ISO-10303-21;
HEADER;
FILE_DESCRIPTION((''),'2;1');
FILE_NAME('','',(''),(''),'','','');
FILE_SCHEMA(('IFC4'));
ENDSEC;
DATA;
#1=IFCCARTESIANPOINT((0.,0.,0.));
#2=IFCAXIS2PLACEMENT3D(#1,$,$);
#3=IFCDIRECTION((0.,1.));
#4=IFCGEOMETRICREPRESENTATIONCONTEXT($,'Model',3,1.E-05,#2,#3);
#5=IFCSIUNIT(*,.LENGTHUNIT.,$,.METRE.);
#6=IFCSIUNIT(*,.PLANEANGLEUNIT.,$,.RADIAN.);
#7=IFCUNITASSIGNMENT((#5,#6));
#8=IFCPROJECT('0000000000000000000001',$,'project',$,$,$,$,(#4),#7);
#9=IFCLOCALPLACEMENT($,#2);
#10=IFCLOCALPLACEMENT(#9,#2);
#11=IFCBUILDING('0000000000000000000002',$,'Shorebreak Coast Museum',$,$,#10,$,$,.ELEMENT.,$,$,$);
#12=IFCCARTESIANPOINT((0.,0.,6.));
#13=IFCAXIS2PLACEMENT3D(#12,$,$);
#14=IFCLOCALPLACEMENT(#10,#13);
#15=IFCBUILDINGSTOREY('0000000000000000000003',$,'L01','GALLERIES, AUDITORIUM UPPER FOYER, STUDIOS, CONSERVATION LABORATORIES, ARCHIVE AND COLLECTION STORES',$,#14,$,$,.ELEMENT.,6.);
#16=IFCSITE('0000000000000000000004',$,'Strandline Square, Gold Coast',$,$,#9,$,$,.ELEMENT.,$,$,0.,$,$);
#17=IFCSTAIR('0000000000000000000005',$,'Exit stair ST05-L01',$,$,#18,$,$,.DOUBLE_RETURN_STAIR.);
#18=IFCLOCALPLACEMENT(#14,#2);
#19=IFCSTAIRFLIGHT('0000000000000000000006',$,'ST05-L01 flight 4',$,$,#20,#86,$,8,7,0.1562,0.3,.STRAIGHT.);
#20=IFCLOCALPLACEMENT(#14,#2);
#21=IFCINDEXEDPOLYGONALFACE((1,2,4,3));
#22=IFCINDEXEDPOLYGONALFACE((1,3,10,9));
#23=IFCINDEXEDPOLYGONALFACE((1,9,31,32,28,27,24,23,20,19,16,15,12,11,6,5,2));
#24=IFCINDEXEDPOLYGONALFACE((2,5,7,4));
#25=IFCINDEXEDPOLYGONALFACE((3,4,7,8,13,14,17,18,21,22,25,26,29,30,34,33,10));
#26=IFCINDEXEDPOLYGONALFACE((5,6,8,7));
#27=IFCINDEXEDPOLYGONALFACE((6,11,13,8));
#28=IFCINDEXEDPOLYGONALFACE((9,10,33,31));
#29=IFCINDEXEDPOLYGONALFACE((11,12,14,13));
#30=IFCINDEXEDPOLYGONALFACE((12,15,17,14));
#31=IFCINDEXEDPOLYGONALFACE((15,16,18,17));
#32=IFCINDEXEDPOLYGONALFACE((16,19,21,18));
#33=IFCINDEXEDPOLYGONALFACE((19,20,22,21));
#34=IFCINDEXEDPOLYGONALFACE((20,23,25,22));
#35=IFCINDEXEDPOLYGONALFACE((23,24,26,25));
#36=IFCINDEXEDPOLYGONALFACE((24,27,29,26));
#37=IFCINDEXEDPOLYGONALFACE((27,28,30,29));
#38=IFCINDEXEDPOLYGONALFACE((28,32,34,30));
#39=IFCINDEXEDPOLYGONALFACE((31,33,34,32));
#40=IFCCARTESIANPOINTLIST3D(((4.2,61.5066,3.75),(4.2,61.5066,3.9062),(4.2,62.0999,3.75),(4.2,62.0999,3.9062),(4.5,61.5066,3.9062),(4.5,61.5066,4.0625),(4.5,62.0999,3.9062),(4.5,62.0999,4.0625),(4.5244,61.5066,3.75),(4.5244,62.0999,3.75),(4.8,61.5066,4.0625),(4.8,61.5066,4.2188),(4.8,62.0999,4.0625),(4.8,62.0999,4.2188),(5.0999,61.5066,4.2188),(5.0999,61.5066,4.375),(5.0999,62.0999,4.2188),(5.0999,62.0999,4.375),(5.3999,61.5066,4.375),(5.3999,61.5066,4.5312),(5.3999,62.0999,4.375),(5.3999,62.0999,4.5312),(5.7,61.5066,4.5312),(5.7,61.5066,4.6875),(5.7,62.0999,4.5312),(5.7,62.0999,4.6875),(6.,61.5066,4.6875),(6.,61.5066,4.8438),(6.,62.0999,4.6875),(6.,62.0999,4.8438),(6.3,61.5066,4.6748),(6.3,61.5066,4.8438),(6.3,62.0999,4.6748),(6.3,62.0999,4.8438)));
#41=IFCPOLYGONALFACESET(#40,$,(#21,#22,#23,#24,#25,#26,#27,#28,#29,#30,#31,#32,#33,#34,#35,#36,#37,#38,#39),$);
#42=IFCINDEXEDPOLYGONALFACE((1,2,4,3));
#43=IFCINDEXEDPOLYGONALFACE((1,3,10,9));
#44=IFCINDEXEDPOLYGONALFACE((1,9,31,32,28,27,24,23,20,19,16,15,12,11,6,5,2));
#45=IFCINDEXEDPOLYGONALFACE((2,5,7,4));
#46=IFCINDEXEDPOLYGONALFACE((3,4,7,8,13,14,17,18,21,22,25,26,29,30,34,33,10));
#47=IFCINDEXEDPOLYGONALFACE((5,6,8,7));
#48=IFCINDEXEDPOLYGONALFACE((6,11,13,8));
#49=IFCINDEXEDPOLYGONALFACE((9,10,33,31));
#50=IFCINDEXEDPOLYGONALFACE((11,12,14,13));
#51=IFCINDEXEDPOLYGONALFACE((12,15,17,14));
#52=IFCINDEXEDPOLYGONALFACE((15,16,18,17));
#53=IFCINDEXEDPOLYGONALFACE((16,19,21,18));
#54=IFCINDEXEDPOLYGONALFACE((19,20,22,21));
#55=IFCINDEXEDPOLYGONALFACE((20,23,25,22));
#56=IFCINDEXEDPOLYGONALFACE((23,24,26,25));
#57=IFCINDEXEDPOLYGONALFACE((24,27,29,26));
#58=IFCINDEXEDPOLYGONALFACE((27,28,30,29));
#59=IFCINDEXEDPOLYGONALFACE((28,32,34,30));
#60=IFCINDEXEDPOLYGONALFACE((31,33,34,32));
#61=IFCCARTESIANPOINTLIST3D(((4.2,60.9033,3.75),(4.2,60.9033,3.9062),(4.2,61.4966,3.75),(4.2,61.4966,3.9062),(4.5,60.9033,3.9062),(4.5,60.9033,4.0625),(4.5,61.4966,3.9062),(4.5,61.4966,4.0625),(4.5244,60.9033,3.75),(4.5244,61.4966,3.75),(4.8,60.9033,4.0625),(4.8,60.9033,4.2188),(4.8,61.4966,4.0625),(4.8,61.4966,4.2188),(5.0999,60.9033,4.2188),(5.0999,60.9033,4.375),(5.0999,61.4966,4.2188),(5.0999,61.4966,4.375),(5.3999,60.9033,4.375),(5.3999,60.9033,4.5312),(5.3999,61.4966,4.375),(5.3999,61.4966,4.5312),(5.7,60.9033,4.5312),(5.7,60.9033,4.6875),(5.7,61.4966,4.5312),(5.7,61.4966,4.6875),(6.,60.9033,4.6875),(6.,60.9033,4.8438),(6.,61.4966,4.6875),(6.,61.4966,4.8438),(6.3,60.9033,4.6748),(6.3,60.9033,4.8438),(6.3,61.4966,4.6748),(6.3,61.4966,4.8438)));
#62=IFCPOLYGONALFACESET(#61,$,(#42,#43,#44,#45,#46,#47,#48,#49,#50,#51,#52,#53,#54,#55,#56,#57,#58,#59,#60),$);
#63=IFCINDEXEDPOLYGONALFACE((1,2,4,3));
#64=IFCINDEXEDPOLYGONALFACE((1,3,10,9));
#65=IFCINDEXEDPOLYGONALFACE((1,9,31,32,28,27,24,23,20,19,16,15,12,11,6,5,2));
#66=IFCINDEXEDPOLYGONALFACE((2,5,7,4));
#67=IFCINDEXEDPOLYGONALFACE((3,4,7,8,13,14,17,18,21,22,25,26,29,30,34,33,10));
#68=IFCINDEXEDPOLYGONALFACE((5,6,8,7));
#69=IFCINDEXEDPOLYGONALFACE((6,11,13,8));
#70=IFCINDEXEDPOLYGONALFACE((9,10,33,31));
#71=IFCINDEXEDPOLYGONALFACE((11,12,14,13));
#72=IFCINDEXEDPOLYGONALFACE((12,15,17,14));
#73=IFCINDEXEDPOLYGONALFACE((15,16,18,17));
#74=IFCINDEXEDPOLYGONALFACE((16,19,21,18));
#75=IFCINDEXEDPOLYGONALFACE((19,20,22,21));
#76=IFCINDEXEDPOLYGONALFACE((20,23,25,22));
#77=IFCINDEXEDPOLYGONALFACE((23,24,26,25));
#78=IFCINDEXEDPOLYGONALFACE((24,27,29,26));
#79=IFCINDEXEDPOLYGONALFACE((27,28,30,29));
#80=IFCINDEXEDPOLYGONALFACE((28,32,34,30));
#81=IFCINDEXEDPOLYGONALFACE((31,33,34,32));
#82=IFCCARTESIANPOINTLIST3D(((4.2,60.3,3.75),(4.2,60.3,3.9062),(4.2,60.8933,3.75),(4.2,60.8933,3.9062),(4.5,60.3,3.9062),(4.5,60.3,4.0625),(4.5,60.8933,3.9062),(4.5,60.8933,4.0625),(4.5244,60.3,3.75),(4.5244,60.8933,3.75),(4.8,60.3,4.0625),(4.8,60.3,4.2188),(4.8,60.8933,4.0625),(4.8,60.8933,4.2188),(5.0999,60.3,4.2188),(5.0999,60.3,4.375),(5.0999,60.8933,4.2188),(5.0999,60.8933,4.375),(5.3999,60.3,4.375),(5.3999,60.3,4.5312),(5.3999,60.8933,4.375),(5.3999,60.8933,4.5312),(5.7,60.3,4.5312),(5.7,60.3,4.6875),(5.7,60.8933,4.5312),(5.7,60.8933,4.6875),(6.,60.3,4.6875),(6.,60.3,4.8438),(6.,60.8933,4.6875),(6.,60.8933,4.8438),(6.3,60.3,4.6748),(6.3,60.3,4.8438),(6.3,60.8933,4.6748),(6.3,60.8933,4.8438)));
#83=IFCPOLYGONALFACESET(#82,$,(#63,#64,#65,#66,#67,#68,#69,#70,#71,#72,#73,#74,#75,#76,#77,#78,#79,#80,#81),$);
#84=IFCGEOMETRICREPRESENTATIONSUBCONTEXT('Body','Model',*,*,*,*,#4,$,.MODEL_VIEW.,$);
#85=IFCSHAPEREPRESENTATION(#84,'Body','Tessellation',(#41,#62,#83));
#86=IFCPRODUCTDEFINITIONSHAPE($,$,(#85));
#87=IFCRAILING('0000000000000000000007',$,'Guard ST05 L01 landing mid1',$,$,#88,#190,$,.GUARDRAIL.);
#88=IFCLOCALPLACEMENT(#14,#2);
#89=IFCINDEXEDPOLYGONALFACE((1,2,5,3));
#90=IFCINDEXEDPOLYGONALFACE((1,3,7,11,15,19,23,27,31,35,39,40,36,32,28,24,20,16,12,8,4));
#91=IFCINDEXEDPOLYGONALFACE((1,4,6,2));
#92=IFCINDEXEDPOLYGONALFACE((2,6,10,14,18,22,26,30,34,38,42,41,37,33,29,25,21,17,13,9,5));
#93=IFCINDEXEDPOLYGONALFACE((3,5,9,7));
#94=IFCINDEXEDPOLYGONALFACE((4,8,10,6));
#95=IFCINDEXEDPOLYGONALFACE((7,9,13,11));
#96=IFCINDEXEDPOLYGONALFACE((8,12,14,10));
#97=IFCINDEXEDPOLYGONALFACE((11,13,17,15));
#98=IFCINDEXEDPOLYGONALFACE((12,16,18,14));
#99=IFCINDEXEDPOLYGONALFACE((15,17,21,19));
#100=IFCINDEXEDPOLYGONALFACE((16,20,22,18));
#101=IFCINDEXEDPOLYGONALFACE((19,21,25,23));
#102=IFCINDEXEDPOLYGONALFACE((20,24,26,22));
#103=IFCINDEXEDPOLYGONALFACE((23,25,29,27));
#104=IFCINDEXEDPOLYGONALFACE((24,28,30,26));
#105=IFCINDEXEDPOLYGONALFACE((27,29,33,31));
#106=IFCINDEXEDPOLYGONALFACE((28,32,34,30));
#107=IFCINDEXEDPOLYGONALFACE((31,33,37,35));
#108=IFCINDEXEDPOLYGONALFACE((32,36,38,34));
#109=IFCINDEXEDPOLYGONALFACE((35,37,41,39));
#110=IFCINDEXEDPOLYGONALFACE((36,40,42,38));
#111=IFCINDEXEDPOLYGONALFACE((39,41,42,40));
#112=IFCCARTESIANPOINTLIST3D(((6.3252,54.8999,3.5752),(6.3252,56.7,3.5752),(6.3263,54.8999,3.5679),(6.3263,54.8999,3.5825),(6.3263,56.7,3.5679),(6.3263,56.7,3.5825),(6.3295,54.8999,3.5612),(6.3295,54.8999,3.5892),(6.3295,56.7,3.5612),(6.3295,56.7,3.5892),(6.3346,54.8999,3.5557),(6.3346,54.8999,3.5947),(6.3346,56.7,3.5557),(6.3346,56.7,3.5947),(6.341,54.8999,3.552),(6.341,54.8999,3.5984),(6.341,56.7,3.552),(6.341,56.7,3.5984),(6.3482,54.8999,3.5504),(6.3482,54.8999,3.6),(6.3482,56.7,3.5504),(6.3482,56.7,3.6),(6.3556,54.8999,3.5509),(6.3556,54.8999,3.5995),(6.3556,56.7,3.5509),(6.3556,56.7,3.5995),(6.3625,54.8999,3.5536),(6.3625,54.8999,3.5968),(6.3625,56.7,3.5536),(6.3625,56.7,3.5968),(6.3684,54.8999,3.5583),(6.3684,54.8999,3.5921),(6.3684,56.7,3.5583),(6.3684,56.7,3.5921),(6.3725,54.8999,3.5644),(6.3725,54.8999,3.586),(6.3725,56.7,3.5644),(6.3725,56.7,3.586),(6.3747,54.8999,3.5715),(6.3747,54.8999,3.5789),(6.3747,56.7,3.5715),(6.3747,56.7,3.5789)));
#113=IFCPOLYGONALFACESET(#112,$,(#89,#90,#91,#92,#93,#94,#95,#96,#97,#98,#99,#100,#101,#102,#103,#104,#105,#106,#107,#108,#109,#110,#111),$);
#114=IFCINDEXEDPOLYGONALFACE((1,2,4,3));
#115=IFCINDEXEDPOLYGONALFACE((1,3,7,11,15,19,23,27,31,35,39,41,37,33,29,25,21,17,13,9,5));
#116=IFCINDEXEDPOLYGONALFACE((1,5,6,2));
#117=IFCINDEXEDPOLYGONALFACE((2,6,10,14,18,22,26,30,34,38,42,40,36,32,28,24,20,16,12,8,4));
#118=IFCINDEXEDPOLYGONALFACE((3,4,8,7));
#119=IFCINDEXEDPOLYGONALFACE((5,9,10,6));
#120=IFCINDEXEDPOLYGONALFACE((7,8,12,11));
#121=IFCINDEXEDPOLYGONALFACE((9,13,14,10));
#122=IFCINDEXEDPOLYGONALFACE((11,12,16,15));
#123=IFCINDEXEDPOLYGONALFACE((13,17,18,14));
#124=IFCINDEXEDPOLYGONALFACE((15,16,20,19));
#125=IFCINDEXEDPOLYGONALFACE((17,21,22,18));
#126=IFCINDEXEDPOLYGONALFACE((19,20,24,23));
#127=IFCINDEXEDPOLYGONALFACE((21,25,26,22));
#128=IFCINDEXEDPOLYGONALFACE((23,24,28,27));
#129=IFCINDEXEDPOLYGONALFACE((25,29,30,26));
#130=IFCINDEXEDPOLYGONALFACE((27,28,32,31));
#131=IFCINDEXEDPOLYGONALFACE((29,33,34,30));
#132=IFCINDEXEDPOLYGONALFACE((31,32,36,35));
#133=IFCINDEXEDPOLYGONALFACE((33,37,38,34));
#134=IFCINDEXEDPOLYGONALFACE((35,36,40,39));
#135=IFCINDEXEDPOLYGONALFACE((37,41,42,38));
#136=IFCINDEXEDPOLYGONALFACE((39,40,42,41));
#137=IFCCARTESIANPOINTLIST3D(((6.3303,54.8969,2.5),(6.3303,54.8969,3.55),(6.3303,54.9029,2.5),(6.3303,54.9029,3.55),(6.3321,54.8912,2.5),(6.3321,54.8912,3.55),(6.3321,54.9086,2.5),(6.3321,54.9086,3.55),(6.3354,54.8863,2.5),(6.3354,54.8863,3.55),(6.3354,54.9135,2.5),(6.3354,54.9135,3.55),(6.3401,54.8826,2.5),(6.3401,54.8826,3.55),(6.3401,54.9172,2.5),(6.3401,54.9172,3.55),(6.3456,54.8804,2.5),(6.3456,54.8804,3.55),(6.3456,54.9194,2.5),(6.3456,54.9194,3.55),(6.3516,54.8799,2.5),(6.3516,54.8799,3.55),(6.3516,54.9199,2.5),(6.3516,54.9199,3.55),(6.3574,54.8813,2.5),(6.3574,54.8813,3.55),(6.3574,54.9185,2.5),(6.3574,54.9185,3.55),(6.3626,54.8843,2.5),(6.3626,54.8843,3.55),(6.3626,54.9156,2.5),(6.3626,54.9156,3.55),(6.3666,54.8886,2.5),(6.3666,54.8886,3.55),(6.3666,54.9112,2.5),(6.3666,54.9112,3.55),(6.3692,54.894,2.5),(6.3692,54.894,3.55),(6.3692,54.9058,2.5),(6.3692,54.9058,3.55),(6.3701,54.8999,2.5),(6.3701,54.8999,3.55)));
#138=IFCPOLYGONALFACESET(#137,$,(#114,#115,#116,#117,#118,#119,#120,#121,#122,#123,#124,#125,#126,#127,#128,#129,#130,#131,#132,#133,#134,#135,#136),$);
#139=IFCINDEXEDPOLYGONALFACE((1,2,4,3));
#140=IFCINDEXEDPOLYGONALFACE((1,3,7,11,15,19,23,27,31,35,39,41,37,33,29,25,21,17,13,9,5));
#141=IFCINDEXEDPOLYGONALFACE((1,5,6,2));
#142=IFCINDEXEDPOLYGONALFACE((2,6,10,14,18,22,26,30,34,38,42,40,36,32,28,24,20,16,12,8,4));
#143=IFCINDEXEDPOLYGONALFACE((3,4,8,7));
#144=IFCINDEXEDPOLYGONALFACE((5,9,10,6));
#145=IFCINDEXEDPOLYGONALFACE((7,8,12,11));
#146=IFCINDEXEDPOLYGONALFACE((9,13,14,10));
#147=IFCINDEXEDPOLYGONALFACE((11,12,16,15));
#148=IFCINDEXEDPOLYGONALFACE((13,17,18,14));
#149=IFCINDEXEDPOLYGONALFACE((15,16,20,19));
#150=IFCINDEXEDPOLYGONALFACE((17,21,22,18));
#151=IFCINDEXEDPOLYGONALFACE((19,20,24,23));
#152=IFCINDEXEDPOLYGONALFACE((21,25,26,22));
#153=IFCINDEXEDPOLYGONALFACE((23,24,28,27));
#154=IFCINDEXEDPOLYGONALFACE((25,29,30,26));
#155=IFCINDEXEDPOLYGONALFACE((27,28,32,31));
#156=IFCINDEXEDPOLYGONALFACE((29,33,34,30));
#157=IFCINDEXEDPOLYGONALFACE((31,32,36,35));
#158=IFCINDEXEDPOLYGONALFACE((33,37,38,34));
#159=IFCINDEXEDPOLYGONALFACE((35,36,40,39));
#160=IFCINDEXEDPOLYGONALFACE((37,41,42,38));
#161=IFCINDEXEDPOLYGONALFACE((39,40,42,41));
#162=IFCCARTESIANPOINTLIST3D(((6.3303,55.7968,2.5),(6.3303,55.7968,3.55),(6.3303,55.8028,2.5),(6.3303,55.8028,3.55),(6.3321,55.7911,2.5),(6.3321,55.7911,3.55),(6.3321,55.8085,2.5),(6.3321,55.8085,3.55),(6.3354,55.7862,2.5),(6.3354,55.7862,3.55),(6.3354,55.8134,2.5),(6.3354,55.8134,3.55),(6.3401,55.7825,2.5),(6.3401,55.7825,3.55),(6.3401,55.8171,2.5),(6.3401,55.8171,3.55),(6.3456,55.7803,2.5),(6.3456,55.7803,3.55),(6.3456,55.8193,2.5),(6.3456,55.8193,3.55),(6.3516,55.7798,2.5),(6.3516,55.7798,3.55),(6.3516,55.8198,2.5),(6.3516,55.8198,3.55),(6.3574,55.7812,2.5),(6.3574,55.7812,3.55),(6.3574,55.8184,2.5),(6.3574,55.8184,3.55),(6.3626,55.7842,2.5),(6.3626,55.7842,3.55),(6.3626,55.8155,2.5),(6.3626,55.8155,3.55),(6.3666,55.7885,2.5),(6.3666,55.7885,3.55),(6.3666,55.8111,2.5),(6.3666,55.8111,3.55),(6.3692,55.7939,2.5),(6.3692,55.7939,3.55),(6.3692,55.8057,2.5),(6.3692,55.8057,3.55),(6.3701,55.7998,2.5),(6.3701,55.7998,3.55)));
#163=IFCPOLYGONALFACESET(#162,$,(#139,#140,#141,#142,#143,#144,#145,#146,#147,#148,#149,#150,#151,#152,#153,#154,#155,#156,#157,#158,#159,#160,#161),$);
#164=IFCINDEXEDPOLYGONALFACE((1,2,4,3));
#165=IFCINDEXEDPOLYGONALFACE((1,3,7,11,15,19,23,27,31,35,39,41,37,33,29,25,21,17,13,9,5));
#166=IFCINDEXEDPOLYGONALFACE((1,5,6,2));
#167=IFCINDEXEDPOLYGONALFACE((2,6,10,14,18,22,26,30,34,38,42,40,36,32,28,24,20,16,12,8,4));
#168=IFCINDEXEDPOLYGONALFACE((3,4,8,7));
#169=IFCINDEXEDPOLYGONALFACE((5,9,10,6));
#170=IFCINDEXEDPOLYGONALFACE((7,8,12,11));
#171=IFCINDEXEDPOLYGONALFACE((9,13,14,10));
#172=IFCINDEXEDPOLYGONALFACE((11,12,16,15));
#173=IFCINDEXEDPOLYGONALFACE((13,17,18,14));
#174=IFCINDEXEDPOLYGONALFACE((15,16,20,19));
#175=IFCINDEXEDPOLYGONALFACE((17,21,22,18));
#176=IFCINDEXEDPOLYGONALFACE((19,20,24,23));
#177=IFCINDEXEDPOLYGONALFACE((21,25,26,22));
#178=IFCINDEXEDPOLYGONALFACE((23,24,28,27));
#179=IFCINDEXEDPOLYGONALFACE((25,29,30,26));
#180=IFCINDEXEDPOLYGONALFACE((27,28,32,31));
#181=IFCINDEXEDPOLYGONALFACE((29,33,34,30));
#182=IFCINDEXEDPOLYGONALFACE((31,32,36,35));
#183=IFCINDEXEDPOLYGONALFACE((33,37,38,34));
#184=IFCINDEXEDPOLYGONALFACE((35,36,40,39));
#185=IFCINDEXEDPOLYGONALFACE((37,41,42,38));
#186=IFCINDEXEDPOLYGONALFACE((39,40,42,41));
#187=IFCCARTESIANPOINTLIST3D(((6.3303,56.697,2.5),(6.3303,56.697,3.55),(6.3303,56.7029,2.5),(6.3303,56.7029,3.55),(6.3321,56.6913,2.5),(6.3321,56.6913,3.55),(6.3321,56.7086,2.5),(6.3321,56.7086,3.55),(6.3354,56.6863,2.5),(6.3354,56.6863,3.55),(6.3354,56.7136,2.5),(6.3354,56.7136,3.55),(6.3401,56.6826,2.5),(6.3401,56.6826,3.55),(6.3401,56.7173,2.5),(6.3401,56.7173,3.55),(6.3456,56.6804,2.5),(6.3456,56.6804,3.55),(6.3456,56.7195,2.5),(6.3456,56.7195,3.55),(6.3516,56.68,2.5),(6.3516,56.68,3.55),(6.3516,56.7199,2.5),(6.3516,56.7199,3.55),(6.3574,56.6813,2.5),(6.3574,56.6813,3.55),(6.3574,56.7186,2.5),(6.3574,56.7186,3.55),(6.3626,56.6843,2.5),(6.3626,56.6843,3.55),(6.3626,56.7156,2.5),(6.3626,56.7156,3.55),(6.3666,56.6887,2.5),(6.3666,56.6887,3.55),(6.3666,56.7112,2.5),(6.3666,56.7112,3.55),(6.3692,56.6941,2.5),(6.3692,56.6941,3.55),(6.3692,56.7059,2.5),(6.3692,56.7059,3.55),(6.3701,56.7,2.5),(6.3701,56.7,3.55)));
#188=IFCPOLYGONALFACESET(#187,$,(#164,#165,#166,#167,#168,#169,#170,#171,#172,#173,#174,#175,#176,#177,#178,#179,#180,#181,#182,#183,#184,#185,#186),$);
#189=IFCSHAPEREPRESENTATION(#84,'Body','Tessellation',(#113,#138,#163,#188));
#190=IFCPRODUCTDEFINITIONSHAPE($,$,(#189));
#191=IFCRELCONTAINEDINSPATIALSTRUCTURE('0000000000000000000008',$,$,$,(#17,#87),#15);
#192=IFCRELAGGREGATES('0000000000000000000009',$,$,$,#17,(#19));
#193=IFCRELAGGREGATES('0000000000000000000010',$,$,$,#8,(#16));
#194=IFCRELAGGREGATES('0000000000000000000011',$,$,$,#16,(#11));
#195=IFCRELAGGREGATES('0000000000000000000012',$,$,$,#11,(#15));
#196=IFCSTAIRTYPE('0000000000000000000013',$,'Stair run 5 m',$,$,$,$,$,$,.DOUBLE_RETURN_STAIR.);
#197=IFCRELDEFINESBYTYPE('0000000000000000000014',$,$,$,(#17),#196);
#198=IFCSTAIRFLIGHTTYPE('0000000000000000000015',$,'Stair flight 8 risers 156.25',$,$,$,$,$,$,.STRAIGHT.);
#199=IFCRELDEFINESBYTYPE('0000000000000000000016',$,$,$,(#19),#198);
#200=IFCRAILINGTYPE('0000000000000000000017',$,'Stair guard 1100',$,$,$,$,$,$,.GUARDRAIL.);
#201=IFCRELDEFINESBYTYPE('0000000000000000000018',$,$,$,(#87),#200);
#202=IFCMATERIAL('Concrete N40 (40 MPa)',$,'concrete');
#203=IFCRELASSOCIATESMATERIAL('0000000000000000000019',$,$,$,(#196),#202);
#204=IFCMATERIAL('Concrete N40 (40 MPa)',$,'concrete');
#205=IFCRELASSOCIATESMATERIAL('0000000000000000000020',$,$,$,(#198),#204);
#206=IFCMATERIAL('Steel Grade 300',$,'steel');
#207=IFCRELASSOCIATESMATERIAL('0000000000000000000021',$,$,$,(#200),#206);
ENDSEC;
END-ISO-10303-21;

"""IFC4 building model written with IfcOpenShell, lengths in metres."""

from ifc_helpers import new_model, si_unit, direction, frame, origin, origin_2d, place, context, subcontext, project, spatial, polyline, circle, outline, extrude, material, type_object, element, aggregate, save


model = new_model("IFC4")

# Units and contexts
model_context = context("Model", 3, precision=1e-05, world=origin(), true_north=direction((0.0, 1.0)))
body_context = subcontext(model_context, "Body", "Model", "MODEL_VIEW")
ifc_project = project(units=[si_unit("LENGTHUNIT", "METRE"), si_unit("PLANEANGLEUNIT", "RADIAN")], contexts=[model_context])

# Site, building, storey
site_placement = place(None, origin())
site = spatial("IfcSite", under=ifc_project, at=site_placement, Name="Strandline Square, Gold Coast", CompositionType="ELEMENT", RefElevation=0.0)
building_placement = place(site_placement, origin())
building = spatial("IfcBuilding", under=site, at=building_placement, Name="Shorebreak Coast Museum", CompositionType="ELEMENT")
storey_placement = place(building_placement, frame((0.0, 0.0, 6.0)))
storey = spatial("IfcBuildingStorey", under=building, at=storey_placement, Name="L01", Description="GALLERIES, AUDITORIUM UPPER FOYER, STUDIOS, CONSERVATION LABORATORIES, ARCHIVE AND COLLECTION STORES", CompositionType="ELEMENT", Elevation=6.0)

# Stair, stair flight
ifc_material_1 = material(Name="Concrete N40 (40 MPa)", Category="concrete")
stair_type = type_object("IfcStairType", Name="Stair run 5 m", PredefinedType="DOUBLE_RETURN_STAIR", material=ifc_material_1)
stair_placement = place(storey_placement, origin())
stair = element("IfcStair", 1, at=stair_placement, inside=storey, type_object=stair_type, Name="Exit stair ST05-L01", PredefinedType="DOUBLE_RETURN_STAIR")
ifc_material_2 = material(Name="Concrete N40 (40 MPa)", Category="concrete")
stair_flight_type = type_object("IfcStairFlightType", Name="Stair flight 8 risers 156.25", PredefinedType="STRAIGHT", material=ifc_material_2)
stair_flight_1_placement = place(storey_placement, frame((4.2, 61.2, 3.75), z_axis=(0.0, 0.0, 1.0), x_axis=(1.0, 0.0, 0.0)))
stair_flight_1 = element("IfcStairFlight", 2, at=stair_flight_1_placement, type_object=stair_flight_type, Name="ST05-L01 flight 4", NumberOfRisers=8, NumberOfTreads=7, PredefinedType="STRAIGHT", RiserHeight=0.1562, TreadLength=0.3, context=body_context, shape_type="SweptSolid", body=[
    extrude(outline(polyline([(0.0, 0.0), (0.0, 0.1562), (0.3, 0.1562), (0.3, 0.3125), (0.6001, 0.3125), (0.6001, 0.4688), (0.8999, 0.4688), (0.8999, 0.625), (1.2, 0.625), (1.2, 0.7812), (1.5, 0.7812), (1.5, 0.9375), (1.8, 0.9375), (1.8, 1.0938), (2.1001, 1.0938), (2.1001, 1.25), (2.1001, 0.9248), (0.3245, 0.0), (0.0, 0.0)])), frame((0.0, 0.8999, 0.0), z_axis=(0.0, -1.0, 0.0), x_axis=(1.0, 0.0, 0.0)), (0.0, 0.0, 1.0), 0.5933),
    extrude(outline(polyline([(0.0, 0.0), (0.0, 0.1562), (0.3, 0.1562), (0.3, 0.3125), (0.6001, 0.3125), (0.6001, 0.4688), (0.8999, 0.4688), (0.8999, 0.625), (1.2, 0.625), (1.2, 0.7812), (1.5, 0.7812), (1.5, 0.9375), (1.8, 0.9375), (1.8, 1.0938), (2.1001, 1.0938), (2.1001, 1.25), (2.1001, 0.9248), (0.3245, 0.0), (0.0, 0.0)])), frame((0.0, 0.2966, 0.0), z_axis=(0.0, -1.0, 0.0), x_axis=(1.0, 0.0, 0.0)), (0.0, 0.0, 1.0), 0.5933),
    extrude(outline(polyline([(0.0, 0.0), (0.0, 0.1562), (0.3, 0.1562), (0.3, 0.3125), (0.6001, 0.3125), (0.6001, 0.4688), (0.8999, 0.4688), (0.8999, 0.625), (1.2, 0.625), (1.2, 0.7812), (1.5, 0.7812), (1.5, 0.9375), (1.8, 0.9375), (1.8, 1.0938), (2.1001, 1.0938), (2.1001, 1.25), (2.1001, 0.9248), (0.3245, 0.0), (0.0, 0.0)])), frame((0.0, -0.3066, 0.0), z_axis=(0.0, -1.0, 0.0), x_axis=(1.0, 0.0, 0.0)), (0.0, 0.0, 1.0), 0.5933),
])
aggregate(stair, [stair_flight_1])

# Railing
ifc_material_3 = material(Name="Steel Grade 300", Category="steel")
railing_type_1 = type_object("IfcRailingType", Name="Stair guard 1100", PredefinedType="GUARDRAIL", material=ifc_material_3)
for number, where, name in (
    (3, (6.3501, 54.8999, 2.5), "Guard ST05 L01 landing mid1"),
):
    element("IfcRailing", number, at=place(storey_placement, frame(where)), inside=storey, type_object=railing_type_1, Name=name, PredefinedType="GUARDRAIL", context=body_context, shape_type="SweptSolid", body=[
        extrude(circle(Radius=0.0249, at=origin_2d()), frame((0.0, 0.0, 1.0752), z_axis=(0.0, 1.0, 0.0), x_axis=(-1.0, 0.0, 0.0)), (0.0, 0.0, 1.0), 1.8),
        extrude(circle(Radius=0.02, at=origin_2d()), origin(), (0.0, 0.0, 1.0), 1.05),
        extrude(circle(Radius=0.02, at=origin_2d()), frame((0.0, 0.8999, 0.0)), (0.0, 0.0, 1.0), 1.05),
        extrude(circle(Radius=0.02, at=origin_2d()), frame((0.0, 1.8, 0.0)), (0.0, 0.0, 1.0), 1.05),
    ])

save(model, "model.ifc")
